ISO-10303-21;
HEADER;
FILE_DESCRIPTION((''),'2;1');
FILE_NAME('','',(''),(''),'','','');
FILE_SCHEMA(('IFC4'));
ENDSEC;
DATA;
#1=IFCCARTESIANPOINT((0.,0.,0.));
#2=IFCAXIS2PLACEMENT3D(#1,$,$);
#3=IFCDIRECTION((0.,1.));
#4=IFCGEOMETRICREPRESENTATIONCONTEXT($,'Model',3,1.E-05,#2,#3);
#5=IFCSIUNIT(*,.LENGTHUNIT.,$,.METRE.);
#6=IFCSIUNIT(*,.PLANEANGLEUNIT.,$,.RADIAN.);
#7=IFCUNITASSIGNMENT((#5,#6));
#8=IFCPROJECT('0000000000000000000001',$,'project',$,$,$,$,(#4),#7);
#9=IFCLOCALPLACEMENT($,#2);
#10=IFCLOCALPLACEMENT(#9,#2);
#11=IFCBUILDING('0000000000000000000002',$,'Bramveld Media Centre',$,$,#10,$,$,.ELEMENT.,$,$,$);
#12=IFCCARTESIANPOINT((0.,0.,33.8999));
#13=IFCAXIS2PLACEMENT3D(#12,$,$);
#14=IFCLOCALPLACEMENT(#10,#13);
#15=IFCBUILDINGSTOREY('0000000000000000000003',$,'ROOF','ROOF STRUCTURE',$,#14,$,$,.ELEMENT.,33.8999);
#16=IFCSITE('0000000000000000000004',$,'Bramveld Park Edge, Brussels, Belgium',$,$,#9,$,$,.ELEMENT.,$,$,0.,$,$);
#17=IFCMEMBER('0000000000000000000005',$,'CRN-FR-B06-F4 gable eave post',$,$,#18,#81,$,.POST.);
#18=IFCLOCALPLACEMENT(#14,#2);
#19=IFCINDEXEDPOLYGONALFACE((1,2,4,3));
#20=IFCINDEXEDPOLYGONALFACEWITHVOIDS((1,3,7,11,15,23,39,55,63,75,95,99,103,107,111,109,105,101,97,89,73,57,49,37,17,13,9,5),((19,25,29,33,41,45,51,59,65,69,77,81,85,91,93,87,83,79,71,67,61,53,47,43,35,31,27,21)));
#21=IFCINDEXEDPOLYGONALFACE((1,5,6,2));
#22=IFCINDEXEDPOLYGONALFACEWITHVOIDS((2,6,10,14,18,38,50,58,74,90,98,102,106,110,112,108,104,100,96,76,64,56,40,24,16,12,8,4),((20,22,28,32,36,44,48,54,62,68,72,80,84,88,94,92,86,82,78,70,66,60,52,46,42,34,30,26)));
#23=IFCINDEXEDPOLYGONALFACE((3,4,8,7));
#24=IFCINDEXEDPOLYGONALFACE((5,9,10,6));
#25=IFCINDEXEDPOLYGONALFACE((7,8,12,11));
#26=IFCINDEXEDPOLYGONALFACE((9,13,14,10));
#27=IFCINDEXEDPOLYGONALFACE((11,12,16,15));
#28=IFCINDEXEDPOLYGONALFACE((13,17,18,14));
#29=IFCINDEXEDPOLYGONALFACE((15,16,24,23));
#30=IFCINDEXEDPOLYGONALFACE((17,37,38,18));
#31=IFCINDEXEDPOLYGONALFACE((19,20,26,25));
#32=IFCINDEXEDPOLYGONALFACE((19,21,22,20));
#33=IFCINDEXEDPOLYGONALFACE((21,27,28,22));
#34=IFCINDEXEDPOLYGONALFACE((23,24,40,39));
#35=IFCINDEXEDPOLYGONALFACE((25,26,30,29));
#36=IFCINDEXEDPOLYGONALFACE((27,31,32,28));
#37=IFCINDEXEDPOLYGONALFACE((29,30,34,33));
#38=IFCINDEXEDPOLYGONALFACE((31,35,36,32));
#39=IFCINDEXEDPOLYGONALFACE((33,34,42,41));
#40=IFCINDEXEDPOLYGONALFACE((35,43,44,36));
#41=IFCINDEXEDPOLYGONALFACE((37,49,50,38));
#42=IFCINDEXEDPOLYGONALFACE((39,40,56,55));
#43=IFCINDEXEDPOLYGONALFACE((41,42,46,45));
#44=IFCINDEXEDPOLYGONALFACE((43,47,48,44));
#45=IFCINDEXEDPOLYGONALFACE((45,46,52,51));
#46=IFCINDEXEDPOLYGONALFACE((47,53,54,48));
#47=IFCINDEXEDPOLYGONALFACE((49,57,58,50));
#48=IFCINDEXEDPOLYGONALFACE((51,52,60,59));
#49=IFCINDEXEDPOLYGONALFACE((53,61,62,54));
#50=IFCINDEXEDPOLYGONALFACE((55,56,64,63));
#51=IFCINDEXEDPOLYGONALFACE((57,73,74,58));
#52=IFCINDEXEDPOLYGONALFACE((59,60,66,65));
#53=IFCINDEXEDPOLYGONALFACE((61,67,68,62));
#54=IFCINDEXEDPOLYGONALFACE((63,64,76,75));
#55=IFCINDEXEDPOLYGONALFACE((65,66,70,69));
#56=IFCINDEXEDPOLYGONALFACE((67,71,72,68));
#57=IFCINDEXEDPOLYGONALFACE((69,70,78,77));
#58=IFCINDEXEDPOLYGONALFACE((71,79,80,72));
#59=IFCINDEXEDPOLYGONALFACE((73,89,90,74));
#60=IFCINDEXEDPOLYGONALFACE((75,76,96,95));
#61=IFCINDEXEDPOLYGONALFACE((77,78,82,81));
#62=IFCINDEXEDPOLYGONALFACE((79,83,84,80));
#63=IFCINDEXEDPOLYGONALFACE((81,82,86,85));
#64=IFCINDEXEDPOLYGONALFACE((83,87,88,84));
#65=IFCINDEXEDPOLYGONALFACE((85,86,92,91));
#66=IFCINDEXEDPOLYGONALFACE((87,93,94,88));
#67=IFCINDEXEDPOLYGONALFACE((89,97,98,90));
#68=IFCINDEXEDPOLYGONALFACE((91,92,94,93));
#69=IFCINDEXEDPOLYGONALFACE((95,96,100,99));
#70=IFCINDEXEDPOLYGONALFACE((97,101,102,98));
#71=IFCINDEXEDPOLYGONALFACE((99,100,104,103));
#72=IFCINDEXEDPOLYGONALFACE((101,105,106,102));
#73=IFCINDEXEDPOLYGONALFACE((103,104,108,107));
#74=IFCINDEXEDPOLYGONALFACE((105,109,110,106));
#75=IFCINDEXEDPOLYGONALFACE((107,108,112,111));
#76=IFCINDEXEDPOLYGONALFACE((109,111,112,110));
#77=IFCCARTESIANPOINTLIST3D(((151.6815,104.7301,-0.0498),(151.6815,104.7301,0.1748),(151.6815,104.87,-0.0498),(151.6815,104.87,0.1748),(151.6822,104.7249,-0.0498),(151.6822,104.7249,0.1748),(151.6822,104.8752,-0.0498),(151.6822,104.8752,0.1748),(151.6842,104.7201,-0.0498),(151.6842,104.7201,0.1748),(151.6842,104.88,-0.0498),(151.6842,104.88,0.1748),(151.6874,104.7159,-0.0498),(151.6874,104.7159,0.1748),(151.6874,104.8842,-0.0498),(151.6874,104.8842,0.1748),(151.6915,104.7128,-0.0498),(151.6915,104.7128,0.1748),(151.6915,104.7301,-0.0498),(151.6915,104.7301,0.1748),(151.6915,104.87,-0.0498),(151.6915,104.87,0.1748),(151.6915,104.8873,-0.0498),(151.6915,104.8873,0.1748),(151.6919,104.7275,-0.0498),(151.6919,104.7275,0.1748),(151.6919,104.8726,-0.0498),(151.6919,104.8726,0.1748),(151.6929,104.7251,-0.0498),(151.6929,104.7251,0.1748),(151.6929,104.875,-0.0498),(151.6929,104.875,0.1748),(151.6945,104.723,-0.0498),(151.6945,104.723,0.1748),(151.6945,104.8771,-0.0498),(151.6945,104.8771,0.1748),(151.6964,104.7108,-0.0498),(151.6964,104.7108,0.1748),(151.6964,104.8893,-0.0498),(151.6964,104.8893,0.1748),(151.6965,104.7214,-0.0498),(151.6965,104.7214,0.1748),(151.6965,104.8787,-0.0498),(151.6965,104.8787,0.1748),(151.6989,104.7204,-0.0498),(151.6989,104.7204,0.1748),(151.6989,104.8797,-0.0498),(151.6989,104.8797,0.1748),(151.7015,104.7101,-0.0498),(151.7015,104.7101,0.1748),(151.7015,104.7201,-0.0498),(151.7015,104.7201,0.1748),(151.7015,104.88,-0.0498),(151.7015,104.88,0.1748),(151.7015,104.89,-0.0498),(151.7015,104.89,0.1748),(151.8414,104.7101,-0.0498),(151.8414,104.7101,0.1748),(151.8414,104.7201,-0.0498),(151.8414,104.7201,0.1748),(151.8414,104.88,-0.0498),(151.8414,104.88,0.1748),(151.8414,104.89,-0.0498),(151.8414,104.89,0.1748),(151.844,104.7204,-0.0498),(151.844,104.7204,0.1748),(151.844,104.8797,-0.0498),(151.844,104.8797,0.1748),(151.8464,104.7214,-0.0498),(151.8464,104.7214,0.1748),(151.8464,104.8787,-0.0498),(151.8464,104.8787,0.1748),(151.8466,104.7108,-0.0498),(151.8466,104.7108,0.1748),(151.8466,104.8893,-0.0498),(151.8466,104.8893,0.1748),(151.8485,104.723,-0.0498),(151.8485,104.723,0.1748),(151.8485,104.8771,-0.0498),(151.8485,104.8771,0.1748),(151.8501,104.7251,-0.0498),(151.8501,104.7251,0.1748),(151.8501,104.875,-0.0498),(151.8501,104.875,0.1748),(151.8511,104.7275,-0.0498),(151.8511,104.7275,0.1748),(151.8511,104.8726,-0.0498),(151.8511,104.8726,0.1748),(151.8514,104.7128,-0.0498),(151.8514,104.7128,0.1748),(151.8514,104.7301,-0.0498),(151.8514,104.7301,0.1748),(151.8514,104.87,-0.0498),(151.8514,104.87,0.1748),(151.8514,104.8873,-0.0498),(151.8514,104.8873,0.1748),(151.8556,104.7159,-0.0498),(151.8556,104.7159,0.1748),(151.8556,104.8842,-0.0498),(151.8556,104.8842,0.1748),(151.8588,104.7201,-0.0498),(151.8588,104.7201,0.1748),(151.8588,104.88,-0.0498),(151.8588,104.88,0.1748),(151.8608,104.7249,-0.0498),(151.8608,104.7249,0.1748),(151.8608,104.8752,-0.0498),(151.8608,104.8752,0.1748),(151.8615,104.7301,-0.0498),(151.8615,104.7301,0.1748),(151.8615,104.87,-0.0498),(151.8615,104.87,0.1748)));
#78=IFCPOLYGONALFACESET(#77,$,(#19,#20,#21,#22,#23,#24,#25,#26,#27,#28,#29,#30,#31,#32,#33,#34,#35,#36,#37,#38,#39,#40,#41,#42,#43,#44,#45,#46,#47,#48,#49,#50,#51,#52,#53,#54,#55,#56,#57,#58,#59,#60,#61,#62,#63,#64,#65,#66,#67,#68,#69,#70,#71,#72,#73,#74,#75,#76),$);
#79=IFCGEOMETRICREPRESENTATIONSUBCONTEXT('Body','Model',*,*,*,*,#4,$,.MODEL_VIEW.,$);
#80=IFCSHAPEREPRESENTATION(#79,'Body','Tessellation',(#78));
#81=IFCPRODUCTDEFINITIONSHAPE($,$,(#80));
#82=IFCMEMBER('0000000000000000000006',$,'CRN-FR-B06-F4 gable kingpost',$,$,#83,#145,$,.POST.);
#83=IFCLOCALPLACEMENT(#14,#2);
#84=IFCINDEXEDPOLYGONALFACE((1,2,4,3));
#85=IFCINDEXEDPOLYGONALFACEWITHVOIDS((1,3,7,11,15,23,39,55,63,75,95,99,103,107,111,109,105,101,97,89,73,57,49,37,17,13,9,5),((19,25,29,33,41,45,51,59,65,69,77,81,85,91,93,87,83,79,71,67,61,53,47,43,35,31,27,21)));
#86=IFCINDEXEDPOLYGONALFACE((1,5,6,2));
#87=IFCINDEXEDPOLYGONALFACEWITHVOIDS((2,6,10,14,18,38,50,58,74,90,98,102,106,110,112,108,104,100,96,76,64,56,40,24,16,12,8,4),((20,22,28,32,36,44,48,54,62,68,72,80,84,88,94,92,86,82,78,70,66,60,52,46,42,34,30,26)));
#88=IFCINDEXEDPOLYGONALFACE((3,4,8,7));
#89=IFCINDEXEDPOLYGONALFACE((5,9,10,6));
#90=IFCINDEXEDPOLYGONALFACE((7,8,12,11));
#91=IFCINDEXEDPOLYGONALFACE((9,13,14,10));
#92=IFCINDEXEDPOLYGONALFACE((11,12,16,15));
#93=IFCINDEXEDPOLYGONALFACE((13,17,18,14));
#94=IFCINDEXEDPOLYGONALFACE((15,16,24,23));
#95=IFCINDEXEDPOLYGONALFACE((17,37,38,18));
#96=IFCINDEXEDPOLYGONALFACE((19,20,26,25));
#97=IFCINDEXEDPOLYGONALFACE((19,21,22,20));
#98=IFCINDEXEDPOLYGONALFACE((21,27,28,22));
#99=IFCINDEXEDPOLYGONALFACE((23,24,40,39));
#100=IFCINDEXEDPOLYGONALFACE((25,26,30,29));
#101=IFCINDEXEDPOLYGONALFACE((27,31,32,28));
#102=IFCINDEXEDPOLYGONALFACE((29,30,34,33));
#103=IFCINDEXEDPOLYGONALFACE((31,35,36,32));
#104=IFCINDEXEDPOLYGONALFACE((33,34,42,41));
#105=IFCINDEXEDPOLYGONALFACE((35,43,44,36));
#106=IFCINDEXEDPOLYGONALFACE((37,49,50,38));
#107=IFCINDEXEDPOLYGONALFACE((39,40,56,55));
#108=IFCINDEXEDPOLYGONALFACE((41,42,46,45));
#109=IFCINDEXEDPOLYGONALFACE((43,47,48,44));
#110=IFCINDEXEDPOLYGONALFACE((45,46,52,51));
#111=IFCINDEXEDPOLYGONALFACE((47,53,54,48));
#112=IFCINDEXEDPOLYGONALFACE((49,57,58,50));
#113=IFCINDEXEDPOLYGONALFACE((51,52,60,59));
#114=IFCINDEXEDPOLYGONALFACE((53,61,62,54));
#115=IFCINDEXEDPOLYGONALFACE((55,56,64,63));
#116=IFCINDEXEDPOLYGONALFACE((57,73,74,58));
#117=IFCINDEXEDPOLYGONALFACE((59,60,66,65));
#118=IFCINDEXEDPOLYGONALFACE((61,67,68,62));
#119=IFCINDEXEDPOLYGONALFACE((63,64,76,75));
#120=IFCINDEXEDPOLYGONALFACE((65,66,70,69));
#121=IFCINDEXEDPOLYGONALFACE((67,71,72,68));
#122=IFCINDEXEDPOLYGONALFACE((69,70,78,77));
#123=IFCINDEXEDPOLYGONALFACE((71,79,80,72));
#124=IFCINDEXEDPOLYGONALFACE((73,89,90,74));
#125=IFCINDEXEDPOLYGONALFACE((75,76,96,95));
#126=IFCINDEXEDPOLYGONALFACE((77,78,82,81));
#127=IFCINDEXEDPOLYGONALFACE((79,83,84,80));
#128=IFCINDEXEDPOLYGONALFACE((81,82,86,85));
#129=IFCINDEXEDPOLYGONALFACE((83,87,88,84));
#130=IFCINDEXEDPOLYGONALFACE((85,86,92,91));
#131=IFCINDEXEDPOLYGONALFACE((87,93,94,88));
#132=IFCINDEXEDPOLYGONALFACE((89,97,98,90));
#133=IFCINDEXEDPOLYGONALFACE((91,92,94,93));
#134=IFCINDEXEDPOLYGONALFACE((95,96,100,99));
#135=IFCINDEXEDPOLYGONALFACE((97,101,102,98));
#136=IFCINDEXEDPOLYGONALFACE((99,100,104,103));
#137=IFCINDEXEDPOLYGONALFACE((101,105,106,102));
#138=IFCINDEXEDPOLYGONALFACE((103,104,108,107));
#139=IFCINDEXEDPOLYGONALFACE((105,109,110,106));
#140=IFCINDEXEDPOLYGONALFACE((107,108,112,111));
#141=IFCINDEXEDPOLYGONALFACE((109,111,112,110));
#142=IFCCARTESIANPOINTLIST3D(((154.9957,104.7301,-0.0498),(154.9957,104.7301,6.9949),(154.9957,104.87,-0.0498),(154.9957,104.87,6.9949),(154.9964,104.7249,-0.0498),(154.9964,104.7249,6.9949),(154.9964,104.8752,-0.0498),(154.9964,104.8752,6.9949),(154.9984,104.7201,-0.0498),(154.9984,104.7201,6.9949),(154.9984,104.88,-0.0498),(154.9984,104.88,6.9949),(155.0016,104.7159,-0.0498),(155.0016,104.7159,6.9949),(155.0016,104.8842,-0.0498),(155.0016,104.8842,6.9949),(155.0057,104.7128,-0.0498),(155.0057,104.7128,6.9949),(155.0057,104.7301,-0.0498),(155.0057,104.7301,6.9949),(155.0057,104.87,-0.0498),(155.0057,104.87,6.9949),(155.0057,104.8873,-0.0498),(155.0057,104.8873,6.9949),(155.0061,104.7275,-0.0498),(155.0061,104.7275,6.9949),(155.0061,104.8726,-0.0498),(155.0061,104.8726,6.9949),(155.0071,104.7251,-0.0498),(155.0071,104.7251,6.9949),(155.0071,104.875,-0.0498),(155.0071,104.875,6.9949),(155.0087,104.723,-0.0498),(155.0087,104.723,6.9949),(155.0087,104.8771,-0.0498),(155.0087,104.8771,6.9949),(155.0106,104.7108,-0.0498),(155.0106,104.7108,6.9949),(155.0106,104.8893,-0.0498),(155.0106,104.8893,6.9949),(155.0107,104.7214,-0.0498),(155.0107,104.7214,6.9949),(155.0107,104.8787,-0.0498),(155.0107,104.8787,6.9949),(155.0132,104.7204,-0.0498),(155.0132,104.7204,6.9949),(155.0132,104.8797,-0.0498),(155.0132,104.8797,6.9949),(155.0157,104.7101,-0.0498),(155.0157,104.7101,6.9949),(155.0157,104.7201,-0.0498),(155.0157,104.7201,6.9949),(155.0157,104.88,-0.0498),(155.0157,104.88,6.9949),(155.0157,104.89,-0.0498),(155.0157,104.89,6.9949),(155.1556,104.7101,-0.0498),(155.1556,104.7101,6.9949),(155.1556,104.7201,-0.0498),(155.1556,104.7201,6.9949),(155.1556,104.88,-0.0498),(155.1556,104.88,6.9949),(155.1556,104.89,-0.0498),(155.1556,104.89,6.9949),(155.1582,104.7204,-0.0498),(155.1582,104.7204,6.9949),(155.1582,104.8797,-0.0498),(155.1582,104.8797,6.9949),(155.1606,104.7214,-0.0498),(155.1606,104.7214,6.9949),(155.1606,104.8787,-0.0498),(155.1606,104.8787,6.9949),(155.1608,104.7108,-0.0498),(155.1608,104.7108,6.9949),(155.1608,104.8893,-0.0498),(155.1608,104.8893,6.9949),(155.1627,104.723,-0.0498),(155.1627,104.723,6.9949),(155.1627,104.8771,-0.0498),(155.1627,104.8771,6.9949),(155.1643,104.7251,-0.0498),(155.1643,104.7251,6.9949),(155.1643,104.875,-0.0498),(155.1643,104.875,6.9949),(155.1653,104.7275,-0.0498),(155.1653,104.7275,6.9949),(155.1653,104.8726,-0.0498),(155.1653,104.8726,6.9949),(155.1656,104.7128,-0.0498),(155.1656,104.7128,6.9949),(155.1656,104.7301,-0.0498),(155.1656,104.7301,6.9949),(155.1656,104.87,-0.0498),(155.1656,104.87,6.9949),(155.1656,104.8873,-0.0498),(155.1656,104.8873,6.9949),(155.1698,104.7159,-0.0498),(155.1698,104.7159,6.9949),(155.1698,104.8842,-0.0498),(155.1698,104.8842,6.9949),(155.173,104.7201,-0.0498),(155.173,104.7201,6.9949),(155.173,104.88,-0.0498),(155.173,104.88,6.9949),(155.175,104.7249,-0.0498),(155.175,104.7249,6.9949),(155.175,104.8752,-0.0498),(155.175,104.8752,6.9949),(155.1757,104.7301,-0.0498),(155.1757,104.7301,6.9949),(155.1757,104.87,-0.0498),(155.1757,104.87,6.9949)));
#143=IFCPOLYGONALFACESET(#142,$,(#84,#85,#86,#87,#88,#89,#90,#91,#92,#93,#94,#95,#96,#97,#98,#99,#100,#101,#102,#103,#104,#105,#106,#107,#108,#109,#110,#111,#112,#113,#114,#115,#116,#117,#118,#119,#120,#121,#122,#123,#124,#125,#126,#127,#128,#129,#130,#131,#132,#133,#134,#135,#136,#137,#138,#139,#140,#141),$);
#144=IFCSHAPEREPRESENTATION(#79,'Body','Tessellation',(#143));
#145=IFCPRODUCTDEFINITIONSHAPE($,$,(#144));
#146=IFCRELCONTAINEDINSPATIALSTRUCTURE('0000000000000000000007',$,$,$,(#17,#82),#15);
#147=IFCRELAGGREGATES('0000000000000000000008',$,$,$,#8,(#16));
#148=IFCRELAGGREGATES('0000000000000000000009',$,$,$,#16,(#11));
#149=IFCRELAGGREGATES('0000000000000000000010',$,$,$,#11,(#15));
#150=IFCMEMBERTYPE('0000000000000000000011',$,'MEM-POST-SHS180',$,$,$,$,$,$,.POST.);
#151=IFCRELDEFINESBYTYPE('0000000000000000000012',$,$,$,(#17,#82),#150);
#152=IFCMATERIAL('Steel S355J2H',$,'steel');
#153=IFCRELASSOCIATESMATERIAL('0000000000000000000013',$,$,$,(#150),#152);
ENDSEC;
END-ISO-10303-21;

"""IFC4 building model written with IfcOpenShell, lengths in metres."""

from ifc_helpers import new_model, si_unit, direction, frame, origin, origin_2d, place, context, subcontext, project, spatial, hollow_rectangle, extrude, material, material_profile, profile_set, type_object, element, save


model = new_model("IFC4")

# Units and contexts
model_context = context("Model", 3, precision=1e-05, world=origin(), true_north=direction((0.0, 1.0)))
body_context = subcontext(model_context, "Body", "Model", "MODEL_VIEW")
ifc_project = project(units=[si_unit("LENGTHUNIT", "METRE"), si_unit("PLANEANGLEUNIT", "RADIAN")], contexts=[model_context])

# Site, building, storey
site_placement = place(None, origin())
site = spatial("IfcSite", under=ifc_project, at=site_placement, Name="Bramveld Park Edge, Brussels, Belgium", CompositionType="ELEMENT", RefElevation=0.0)
building_placement = place(site_placement, origin())
building = spatial("IfcBuilding", under=site, at=building_placement, Name="Bramveld Media Centre", CompositionType="ELEMENT")
storey_placement = place(building_placement, frame((0.0, 0.0, 33.8999)))
storey = spatial("IfcBuildingStorey", under=building, at=storey_placement, Name="ROOF", Description="ROOF STRUCTURE", CompositionType="ELEMENT", Elevation=33.8999)

# Members
ifc_material_1 = material(Name="Steel S355J2H", Category="steel")
ifc_material_profile_1 = material_profile(ifc_material_1, hollow_rectangle(XDim=0.1799, YDim=0.1799, WallThickness=0.01, InnerFilletRadius=0.01, OuterFilletRadius=0.02, at=origin_2d()), Name="SHS 180x180x10")
ifc_profile_set_1 = profile_set([ifc_material_profile_1], Name="Steel S355J2H")
member_type_1 = type_object("IfcMemberType", Name="MEM-POST-SHS180", PredefinedType="POST", material=ifc_profile_set_1)
member_1_placement = place(storey_placement, frame((151.7715, 104.8, -0.0498), z_axis=(0.0, 0.0, 1.0), x_axis=(1.0, 0.0, 0.0)))
element("IfcMember", 1, at=member_1_placement, inside=storey, type_object=member_type_1, Name="CRN-FR-B06-F4 gable eave post", PredefinedType="POST", context=body_context, shape_type="SweptSolid", body=[
    extrude(hollow_rectangle(XDim=0.1799, YDim=0.1799, WallThickness=0.01, InnerFilletRadius=0.01, OuterFilletRadius=0.02, at=origin_2d()), origin(), (0.0, 0.0, 1.0), 0.2246),
])
member_2_placement = place(storey_placement, frame((155.0857, 104.8, -0.0498), z_axis=(0.0, 0.0, 1.0), x_axis=(1.0, 0.0, 0.0)))
element("IfcMember", 2, at=member_2_placement, inside=storey, type_object=member_type_1, Name="CRN-FR-B06-F4 gable kingpost", PredefinedType="POST", context=body_context, shape_type="SweptSolid", body=[
    extrude(hollow_rectangle(XDim=0.1799, YDim=0.1799, WallThickness=0.01, InnerFilletRadius=0.01, OuterFilletRadius=0.02, at=origin_2d()), origin(), (0.0, 0.0, 1.0), 7.0447),
])

save(model, "model.ifc")
